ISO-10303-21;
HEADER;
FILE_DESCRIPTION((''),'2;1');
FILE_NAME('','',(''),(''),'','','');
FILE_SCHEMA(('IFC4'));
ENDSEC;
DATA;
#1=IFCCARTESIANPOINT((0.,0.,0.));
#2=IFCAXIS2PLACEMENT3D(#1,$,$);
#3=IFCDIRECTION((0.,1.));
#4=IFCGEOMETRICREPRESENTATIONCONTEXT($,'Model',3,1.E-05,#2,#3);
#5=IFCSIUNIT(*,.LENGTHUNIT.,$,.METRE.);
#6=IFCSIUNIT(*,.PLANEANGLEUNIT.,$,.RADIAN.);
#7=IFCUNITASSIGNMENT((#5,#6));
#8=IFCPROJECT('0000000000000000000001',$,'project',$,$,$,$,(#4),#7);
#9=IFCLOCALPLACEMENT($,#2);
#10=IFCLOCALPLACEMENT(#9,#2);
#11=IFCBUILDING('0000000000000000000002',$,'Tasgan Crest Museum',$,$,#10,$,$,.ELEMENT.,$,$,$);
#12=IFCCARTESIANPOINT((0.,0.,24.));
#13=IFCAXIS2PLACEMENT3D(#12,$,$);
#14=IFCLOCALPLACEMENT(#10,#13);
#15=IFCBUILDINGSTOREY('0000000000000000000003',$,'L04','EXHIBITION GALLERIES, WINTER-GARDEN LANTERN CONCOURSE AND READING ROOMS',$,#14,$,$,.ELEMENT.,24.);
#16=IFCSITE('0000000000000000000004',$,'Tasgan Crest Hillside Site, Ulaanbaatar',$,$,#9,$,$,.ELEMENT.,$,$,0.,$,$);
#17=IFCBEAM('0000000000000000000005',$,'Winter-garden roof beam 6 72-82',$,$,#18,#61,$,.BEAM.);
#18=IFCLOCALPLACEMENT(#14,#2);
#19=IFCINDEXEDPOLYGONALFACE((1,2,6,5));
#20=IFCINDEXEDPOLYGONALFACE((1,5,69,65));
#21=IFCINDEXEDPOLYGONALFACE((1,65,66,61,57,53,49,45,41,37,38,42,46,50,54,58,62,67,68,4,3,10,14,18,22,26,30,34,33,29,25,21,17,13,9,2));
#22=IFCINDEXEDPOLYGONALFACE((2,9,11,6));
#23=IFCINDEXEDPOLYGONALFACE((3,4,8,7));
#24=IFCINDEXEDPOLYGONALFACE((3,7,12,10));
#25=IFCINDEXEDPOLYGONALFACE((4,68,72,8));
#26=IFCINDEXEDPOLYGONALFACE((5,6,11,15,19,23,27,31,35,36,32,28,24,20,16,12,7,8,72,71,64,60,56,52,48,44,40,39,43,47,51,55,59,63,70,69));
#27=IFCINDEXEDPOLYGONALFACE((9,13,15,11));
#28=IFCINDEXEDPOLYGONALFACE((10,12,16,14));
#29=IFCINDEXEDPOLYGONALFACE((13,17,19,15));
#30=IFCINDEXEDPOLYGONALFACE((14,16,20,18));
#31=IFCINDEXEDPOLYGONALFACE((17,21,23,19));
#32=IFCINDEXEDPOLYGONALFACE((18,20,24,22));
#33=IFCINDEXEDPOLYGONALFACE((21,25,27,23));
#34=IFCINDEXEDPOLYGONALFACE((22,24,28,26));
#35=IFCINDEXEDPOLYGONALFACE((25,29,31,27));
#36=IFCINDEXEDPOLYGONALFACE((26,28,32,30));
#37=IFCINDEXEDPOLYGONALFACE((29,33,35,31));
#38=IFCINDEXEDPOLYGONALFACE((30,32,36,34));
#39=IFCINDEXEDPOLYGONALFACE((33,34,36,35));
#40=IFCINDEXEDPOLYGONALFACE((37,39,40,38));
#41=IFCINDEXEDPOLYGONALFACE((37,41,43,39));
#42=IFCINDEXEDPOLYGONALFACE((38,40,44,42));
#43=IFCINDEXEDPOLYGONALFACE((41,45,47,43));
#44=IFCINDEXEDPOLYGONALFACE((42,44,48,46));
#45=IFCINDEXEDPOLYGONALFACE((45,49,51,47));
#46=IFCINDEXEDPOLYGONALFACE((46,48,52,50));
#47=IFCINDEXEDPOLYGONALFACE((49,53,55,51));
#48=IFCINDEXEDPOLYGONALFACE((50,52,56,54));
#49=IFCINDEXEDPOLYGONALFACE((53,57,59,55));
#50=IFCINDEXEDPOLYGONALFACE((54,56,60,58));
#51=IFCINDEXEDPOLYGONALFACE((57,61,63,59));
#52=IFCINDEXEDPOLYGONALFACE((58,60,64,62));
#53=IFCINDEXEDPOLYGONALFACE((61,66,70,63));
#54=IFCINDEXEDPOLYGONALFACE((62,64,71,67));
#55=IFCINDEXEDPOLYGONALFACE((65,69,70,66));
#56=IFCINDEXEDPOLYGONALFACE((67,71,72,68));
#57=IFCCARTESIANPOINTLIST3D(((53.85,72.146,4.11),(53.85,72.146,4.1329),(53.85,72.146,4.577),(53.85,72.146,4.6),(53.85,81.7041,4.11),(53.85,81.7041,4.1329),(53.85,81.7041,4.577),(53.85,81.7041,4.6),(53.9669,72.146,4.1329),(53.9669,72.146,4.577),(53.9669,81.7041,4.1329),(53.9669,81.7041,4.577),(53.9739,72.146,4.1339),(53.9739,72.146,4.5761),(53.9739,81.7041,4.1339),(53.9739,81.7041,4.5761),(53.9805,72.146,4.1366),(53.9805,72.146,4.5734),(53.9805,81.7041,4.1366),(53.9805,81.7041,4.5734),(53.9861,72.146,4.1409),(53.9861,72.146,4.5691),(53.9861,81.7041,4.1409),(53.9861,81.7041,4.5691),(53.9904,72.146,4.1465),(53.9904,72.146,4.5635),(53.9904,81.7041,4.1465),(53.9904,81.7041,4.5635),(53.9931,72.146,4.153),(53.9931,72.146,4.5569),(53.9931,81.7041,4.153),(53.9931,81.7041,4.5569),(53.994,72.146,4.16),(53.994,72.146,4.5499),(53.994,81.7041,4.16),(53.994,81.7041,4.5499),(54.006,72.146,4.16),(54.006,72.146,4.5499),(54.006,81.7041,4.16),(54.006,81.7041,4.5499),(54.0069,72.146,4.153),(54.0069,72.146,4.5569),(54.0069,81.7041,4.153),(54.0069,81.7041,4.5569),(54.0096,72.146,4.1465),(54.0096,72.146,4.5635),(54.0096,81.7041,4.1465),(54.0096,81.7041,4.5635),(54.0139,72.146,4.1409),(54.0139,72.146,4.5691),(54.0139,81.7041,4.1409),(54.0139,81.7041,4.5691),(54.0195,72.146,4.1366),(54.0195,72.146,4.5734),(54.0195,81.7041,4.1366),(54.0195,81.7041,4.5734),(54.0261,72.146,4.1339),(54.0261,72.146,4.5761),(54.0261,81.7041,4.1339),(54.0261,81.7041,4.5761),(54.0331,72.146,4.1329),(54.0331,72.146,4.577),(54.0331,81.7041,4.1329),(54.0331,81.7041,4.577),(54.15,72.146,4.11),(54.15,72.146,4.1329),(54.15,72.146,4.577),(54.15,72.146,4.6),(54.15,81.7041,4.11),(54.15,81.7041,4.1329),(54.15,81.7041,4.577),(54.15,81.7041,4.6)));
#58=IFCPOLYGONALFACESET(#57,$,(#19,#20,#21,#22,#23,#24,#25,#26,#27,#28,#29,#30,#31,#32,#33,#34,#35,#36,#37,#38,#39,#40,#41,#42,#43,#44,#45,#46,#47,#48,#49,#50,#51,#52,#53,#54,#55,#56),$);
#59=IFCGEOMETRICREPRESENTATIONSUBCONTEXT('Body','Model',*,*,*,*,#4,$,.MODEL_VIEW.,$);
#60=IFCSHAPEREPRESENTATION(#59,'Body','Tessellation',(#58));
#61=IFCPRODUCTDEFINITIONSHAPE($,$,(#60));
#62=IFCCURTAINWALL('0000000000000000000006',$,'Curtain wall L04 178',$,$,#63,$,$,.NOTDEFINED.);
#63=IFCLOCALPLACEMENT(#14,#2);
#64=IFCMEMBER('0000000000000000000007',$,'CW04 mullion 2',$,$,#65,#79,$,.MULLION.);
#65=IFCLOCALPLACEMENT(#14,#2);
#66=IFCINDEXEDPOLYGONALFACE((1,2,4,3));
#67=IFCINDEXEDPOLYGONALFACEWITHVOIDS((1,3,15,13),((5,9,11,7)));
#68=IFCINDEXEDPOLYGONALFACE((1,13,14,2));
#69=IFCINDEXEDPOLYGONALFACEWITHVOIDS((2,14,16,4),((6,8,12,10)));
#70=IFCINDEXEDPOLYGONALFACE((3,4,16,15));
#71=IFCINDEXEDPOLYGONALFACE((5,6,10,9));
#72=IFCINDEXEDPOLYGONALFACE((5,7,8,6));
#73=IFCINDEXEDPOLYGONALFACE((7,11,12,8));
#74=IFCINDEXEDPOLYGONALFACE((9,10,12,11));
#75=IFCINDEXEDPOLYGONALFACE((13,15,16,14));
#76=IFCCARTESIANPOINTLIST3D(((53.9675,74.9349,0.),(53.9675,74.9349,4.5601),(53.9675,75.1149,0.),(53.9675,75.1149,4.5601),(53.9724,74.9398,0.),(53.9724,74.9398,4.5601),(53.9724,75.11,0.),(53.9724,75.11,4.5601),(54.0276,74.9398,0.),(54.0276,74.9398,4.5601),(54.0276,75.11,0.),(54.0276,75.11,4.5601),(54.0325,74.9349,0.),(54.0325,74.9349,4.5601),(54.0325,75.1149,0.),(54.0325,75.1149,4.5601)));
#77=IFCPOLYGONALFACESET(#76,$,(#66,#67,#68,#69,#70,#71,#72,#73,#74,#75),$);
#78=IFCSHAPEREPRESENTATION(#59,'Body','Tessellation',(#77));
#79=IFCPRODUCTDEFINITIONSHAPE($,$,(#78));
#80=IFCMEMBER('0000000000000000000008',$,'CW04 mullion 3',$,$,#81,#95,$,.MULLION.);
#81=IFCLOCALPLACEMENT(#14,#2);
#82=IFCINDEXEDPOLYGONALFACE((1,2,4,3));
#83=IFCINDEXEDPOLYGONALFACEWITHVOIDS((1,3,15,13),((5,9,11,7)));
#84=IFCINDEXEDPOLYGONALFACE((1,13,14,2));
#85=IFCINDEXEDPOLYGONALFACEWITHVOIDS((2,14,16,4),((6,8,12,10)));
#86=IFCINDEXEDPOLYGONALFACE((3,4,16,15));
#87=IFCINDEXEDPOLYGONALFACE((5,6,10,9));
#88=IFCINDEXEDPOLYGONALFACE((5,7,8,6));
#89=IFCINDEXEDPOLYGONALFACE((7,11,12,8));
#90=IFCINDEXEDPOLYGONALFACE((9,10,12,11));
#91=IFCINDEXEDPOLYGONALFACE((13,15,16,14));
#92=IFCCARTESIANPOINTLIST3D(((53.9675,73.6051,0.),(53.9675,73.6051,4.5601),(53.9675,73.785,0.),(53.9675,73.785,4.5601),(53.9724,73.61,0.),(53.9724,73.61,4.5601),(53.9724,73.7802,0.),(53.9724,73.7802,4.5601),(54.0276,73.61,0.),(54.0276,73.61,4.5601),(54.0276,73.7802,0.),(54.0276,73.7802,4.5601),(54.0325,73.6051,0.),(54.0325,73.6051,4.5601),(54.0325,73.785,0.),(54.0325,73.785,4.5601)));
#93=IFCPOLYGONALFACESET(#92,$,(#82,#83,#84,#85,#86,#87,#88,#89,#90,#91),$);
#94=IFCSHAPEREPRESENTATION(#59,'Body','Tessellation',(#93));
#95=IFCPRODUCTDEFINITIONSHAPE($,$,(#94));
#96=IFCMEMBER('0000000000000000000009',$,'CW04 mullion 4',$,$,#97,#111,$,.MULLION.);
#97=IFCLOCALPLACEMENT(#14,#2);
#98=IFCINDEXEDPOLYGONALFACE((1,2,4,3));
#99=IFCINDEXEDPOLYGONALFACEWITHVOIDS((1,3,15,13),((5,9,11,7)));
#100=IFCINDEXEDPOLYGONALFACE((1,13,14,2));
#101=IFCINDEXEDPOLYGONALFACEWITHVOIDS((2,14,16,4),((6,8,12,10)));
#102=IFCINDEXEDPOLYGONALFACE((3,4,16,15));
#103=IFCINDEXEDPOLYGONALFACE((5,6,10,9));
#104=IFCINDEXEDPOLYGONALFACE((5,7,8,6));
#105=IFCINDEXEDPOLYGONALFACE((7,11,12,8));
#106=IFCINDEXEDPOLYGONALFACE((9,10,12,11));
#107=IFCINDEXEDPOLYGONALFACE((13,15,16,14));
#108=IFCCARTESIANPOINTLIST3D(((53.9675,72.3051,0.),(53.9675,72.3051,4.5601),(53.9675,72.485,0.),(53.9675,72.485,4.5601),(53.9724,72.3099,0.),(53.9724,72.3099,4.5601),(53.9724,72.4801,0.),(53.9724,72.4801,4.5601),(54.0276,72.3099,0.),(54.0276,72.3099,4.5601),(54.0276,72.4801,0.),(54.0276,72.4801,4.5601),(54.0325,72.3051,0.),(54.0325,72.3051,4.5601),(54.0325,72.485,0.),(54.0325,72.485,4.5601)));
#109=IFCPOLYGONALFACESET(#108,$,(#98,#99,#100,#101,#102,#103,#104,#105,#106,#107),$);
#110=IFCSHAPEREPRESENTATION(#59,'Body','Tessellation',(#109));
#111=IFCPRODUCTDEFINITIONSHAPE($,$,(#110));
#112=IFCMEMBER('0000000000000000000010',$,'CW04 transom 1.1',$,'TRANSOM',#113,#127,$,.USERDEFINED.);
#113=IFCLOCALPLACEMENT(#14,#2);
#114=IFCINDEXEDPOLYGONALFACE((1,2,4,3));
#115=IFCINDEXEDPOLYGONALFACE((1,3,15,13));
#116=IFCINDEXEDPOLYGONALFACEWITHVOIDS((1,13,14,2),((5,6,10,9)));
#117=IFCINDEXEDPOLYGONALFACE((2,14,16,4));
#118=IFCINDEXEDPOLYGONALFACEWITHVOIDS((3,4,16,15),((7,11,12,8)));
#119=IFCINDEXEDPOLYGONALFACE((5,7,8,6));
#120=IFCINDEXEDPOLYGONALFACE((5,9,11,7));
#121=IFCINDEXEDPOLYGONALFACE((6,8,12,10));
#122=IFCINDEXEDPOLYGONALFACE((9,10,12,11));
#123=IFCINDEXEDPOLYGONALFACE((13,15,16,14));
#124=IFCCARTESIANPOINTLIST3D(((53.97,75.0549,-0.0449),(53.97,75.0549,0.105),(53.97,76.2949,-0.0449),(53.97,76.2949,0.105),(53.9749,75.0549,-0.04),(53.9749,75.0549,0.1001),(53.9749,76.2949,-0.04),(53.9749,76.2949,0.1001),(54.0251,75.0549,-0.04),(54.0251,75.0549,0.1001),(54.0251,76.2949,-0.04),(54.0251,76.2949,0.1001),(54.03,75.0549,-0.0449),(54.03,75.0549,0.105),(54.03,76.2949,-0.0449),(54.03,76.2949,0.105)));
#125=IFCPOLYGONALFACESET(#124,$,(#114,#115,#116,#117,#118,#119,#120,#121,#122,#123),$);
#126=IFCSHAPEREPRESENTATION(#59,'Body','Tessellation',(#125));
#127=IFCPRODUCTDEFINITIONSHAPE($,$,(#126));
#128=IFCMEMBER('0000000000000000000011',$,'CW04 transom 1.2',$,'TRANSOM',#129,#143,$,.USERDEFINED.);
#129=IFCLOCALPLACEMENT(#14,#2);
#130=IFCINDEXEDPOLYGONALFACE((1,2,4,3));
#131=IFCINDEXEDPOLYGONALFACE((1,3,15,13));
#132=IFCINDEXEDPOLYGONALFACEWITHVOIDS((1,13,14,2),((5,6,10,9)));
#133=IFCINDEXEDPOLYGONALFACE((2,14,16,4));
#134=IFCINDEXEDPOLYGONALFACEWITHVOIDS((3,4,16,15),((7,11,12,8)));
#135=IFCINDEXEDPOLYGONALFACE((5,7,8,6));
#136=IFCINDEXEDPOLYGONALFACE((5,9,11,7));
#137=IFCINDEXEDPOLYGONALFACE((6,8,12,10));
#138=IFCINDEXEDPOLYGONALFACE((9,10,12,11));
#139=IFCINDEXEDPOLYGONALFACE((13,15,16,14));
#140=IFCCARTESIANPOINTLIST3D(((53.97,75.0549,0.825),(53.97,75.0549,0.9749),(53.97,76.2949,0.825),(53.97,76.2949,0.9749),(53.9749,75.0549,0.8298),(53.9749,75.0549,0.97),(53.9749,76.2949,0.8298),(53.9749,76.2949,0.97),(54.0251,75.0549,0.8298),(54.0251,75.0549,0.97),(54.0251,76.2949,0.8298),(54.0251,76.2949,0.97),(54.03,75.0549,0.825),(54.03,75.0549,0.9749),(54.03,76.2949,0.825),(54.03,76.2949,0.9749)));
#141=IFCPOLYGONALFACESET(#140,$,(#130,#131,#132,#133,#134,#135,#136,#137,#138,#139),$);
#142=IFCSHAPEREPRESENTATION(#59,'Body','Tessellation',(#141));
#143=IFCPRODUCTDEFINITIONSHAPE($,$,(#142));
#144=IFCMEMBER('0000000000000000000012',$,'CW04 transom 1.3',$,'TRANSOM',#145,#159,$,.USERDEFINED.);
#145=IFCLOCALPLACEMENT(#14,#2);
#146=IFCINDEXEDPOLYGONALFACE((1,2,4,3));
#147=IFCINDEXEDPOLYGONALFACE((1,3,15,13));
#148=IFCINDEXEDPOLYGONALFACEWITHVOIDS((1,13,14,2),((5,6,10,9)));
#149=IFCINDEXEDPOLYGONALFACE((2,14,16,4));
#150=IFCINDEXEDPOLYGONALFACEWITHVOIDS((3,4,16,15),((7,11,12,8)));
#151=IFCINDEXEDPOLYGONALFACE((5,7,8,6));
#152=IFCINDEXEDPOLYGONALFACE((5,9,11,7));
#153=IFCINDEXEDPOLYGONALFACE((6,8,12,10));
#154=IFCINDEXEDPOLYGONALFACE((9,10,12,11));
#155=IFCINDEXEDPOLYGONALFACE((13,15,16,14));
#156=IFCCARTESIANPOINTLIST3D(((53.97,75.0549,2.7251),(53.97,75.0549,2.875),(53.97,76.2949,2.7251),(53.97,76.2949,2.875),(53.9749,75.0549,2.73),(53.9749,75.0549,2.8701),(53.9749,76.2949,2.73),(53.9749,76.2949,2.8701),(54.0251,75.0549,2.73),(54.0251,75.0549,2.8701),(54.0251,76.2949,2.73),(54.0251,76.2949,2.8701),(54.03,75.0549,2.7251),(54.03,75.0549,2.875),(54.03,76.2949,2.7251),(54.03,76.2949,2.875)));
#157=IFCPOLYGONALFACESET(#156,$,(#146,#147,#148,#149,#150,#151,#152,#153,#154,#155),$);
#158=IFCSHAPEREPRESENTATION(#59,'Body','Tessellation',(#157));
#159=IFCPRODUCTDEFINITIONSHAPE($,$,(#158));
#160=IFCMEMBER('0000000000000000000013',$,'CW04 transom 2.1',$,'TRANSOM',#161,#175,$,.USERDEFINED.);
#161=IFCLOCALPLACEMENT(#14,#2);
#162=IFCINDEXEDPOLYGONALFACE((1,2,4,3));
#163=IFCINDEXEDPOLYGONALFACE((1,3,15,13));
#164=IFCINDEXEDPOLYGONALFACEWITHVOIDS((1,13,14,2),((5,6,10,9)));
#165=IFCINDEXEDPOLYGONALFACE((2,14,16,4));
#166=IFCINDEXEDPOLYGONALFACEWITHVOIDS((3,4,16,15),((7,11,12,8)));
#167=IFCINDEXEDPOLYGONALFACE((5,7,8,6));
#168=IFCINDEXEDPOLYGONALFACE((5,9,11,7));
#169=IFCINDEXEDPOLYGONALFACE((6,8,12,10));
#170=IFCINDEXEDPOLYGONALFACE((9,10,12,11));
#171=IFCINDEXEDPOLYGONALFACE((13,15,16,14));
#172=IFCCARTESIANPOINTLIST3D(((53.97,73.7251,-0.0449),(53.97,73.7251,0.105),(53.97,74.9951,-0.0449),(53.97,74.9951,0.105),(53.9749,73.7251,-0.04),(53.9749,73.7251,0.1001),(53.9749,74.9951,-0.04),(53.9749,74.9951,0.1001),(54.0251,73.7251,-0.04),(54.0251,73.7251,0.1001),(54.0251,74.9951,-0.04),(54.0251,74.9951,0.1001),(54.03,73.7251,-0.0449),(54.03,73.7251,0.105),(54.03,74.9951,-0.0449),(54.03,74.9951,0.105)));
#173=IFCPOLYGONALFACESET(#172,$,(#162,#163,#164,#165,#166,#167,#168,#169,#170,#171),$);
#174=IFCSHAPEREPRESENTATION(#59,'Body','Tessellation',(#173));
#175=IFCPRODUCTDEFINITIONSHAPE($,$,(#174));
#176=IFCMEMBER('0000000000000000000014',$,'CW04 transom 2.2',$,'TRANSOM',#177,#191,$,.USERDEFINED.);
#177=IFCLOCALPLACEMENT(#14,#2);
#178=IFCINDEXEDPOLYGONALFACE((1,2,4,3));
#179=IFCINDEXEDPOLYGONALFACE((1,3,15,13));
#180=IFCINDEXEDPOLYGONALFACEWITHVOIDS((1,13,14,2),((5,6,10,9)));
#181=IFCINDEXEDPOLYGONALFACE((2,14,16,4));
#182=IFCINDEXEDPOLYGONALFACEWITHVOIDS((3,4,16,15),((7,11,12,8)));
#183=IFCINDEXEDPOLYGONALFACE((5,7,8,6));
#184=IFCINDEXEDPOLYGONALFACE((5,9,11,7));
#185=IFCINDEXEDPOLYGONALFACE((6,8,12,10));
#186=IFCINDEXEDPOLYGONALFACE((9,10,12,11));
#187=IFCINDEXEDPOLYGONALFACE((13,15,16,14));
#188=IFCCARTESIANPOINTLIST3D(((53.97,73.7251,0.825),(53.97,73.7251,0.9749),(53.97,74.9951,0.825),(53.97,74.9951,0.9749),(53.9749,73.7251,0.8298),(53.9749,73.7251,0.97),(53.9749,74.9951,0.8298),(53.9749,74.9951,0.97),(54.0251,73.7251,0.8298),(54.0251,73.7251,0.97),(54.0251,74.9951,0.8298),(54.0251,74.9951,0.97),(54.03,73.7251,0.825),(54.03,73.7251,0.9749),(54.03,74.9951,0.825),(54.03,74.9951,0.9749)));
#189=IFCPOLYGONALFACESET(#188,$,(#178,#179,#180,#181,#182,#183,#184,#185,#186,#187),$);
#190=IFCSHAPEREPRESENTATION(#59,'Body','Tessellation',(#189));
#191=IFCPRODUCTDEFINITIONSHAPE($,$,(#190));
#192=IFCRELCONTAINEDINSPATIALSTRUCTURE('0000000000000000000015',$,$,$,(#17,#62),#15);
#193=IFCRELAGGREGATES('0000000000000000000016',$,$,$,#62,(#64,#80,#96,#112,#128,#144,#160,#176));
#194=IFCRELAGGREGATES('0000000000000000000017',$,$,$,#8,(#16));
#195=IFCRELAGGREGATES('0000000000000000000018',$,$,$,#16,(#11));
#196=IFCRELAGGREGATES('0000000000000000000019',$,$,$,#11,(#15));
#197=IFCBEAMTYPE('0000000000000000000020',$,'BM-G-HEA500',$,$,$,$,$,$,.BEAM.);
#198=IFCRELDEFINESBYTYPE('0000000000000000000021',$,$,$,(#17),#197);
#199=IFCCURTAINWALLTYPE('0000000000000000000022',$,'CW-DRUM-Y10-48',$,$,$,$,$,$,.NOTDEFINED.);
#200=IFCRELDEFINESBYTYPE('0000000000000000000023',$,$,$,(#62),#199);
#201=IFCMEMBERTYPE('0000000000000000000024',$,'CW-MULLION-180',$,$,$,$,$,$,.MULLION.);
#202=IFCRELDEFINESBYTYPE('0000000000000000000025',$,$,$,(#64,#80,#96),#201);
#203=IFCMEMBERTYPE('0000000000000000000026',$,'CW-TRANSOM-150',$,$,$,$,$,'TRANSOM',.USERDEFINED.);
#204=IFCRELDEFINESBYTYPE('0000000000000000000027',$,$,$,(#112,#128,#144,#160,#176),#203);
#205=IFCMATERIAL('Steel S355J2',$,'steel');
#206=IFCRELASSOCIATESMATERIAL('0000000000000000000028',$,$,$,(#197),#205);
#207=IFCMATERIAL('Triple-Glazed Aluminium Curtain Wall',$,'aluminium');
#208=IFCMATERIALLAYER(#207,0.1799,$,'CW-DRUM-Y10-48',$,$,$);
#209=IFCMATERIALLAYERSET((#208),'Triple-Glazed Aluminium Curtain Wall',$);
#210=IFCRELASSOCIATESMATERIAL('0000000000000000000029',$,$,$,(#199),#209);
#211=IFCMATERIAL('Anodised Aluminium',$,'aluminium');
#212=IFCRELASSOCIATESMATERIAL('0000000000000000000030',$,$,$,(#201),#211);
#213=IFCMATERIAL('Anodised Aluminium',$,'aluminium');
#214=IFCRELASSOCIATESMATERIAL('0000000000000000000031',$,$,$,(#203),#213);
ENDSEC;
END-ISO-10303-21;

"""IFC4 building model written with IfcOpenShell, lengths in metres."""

from ifc_helpers import new_model, si_unit, direction, frame, origin, origin_2d, place, context, subcontext, project, spatial, hollow_rectangle, i_section, extrude, material, layer, layer_set, material_profile, profile_set, type_object, element, aggregate, save


model = new_model("IFC4")

# Units and contexts
model_context = context("Model", 3, precision=1e-05, world=origin(), true_north=direction((0.0, 1.0)))
body_context = subcontext(model_context, "Body", "Model", "MODEL_VIEW")
ifc_project = project(units=[si_unit("LENGTHUNIT", "METRE"), si_unit("PLANEANGLEUNIT", "RADIAN")], contexts=[model_context])

# Site, building, storey
site_placement = place(None, origin())
site = spatial("IfcSite", under=ifc_project, at=site_placement, Name="Tasgan Crest Hillside Site, Ulaanbaatar", CompositionType="ELEMENT", RefElevation=0.0)
building_placement = place(site_placement, origin())
building = spatial("IfcBuilding", under=site, at=building_placement, Name="Tasgan Crest Museum", CompositionType="ELEMENT")
storey_placement = place(building_placement, frame((0.0, 0.0, 24.0)))
storey = spatial("IfcBuildingStorey", under=building, at=storey_placement, Name="L04", Description="EXHIBITION GALLERIES, WINTER-GARDEN LANTERN CONCOURSE AND READING ROOMS", CompositionType="ELEMENT", Elevation=24.0)

# Beam
ifc_material_1 = material(Name="Steel S355J2", Category="steel")
ifc_material_profile_1 = material_profile(ifc_material_1, i_section(OverallWidth=0.3, OverallDepth=0.49, WebThickness=0.012, FlangeThickness=0.0229, FilletRadius=0.0271, at=origin_2d()), Name="HEA 500")
ifc_profile_set_1 = profile_set([ifc_material_profile_1], Name="Steel S355J2")
beam_type = type_object("IfcBeamType", Name="BM-G-HEA500", PredefinedType="BEAM", material=ifc_profile_set_1)
beam_placement = place(storey_placement, frame((54.0, 72.146, 4.355), z_axis=(0.0, 1.0, 0.0), x_axis=(-1.0, 0.0, 0.0)))
element("IfcBeam", 1, at=beam_placement, inside=storey, type_object=beam_type, Name="Winter-garden roof beam 6 72-82", PredefinedType="BEAM", context=body_context, shape_type="SweptSolid", body=[
    extrude(i_section(OverallWidth=0.3, OverallDepth=0.49, WebThickness=0.012, FlangeThickness=0.0229, FilletRadius=0.0271, at=origin_2d()), origin(), (0.0, 0.0, 1.0), 9.5581),
])

# Curtain wall, members
ifc_material_2 = material(Name="Triple-Glazed Aluminium Curtain Wall", Category="aluminium")
ifc_layer_1 = layer(ifc_material_2, 0.1799, Name="CW-DRUM-Y10-48")
ifc_layer_set_1 = layer_set([ifc_layer_1], Name="Triple-Glazed Aluminium Curtain Wall")
curtain_wall_type = type_object("IfcCurtainWallType", Name="CW-DRUM-Y10-48", PredefinedType="NOTDEFINED", material=ifc_layer_set_1)
curtain_wall_placement = place(storey_placement, origin())
curtain_wall = element("IfcCurtainWall", 2, at=curtain_wall_placement, inside=storey, type_object=curtain_wall_type, Name="Curtain wall L04 178", PredefinedType="NOTDEFINED")
ifc_material_3 = material(Name="Anodised Aluminium", Category="aluminium")
ifc_material_profile_2 = material_profile(ifc_material_3, hollow_rectangle(XDim=0.0649, YDim=0.1799, WallThickness=0.0049, at=origin_2d()), Name="ALU MULLION 180x65x5")
ifc_profile_set_2 = profile_set([ifc_material_profile_2], Name="Anodised Aluminium")
member_type_1 = type_object("IfcMemberType", Name="CW-MULLION-180", PredefinedType="MULLION", material=ifc_profile_set_2)
member_1_placement = place(storey_placement, frame((54.0, 75.0249, 0.0), z_axis=(0.0, 0.0, 1.0), x_axis=(1.0, 0.0, 0.0)))
member_1 = element("IfcMember", 3, at=member_1_placement, type_object=member_type_1, Name="CW04 mullion 2", PredefinedType="MULLION", context=body_context, shape_type="SweptSolid", body=[
    extrude(hollow_rectangle(XDim=0.0649, YDim=0.1799, WallThickness=0.0049, at=origin_2d()), origin(), (0.0, 0.0, 1.0), 4.5601),
])
member_2_placement = place(storey_placement, frame((54.0, 73.6951, 0.0), z_axis=(0.0, 0.0, 1.0), x_axis=(1.0, 0.0, 0.0)))
member_2 = element("IfcMember", 4, at=member_2_placement, type_object=member_type_1, Name="CW04 mullion 3", PredefinedType="MULLION", context=body_context, shape_type="SweptSolid", body=[
    extrude(hollow_rectangle(XDim=0.0649, YDim=0.1799, WallThickness=0.0049, at=origin_2d()), origin(), (0.0, 0.0, 1.0), 4.5601),
])
member_3_placement = place(storey_placement, frame((54.0, 72.395, 0.0), z_axis=(0.0, 0.0, 1.0), x_axis=(1.0, 0.0, 0.0)))
member_3 = element("IfcMember", 5, at=member_3_placement, type_object=member_type_1, Name="CW04 mullion 4", PredefinedType="MULLION", context=body_context, shape_type="SweptSolid", body=[
    extrude(hollow_rectangle(XDim=0.0649, YDim=0.1799, WallThickness=0.0049, at=origin_2d()), origin(), (0.0, 0.0, 1.0), 4.5601),
])
ifc_material_4 = material(Name="Anodised Aluminium", Category="aluminium")
ifc_material_profile_3 = material_profile(ifc_material_4, hollow_rectangle(XDim=0.0601, YDim=0.1499, WallThickness=0.0049, at=origin_2d()), Name="ALU TRANSOM 150x60x5")
ifc_profile_set_3 = profile_set([ifc_material_profile_3], Name="Anodised Aluminium")
member_type_2 = type_object("IfcMemberType", Name="CW-TRANSOM-150", ElementType="TRANSOM", PredefinedType="USERDEFINED", material=ifc_profile_set_3)
member_4_placement = place(storey_placement, frame((54.0, 76.2949, 0.03), z_axis=(0.0, -1.0, 0.0), x_axis=(1.0, 0.0, 0.0)))
member_4 = element("IfcMember", 6, at=member_4_placement, type_object=member_type_2, Name="CW04 transom 1.1", ObjectType="TRANSOM", PredefinedType="USERDEFINED", context=body_context, shape_type="SweptSolid", body=[
    extrude(hollow_rectangle(XDim=0.0601, YDim=0.1499, WallThickness=0.0049, at=origin_2d()), origin(), (0.0, 0.0, 1.0), 1.24),
])
member_5_placement = place(storey_placement, frame((54.0, 76.2949, 0.8999), z_axis=(0.0, -1.0, 0.0), x_axis=(1.0, 0.0, 0.0)))
member_5 = element("IfcMember", 7, at=member_5_placement, type_object=member_type_2, Name="CW04 transom 1.2", ObjectType="TRANSOM", PredefinedType="USERDEFINED", context=body_context, shape_type="SweptSolid", body=[
    extrude(hollow_rectangle(XDim=0.0601, YDim=0.1499, WallThickness=0.0049, at=origin_2d()), origin(), (0.0, 0.0, 1.0), 1.24),
])
member_6_placement = place(storey_placement, frame((54.0, 76.2949, 2.8), z_axis=(0.0, -1.0, 0.0), x_axis=(1.0, 0.0, 0.0)))
member_6 = element("IfcMember", 8, at=member_6_placement, type_object=member_type_2, Name="CW04 transom 1.3", ObjectType="TRANSOM", PredefinedType="USERDEFINED", context=body_context, shape_type="SweptSolid", body=[
    extrude(hollow_rectangle(XDim=0.0601, YDim=0.1499, WallThickness=0.0049, at=origin_2d()), origin(), (0.0, 0.0, 1.0), 1.24),
])
member_7_placement = place(storey_placement, frame((54.0, 74.9951, 0.03), z_axis=(0.0, -1.0, 0.0), x_axis=(1.0, 0.0, 0.0)))
member_7 = element("IfcMember", 9, at=member_7_placement, type_object=member_type_2, Name="CW04 transom 2.1", ObjectType="TRANSOM", PredefinedType="USERDEFINED", context=body_context, shape_type="SweptSolid", body=[
    extrude(hollow_rectangle(XDim=0.0601, YDim=0.1499, WallThickness=0.0049, at=origin_2d()), origin(), (0.0, 0.0, 1.0), 1.27),
])
member_8_placement = place(storey_placement, frame((54.0, 74.9951, 0.8999), z_axis=(0.0, -1.0, 0.0), x_axis=(1.0, 0.0, 0.0)))
member_8 = element("IfcMember", 10, at=member_8_placement, type_object=member_type_2, Name="CW04 transom 2.2", ObjectType="TRANSOM", PredefinedType="USERDEFINED", context=body_context, shape_type="SweptSolid", body=[
    extrude(hollow_rectangle(XDim=0.0601, YDim=0.1499, WallThickness=0.0049, at=origin_2d()), origin(), (0.0, 0.0, 1.0), 1.27),
])
aggregate(curtain_wall, [member_1, member_2, member_3, member_4, member_5, member_6, member_7, member_8])

save(model, "model.ifc")
